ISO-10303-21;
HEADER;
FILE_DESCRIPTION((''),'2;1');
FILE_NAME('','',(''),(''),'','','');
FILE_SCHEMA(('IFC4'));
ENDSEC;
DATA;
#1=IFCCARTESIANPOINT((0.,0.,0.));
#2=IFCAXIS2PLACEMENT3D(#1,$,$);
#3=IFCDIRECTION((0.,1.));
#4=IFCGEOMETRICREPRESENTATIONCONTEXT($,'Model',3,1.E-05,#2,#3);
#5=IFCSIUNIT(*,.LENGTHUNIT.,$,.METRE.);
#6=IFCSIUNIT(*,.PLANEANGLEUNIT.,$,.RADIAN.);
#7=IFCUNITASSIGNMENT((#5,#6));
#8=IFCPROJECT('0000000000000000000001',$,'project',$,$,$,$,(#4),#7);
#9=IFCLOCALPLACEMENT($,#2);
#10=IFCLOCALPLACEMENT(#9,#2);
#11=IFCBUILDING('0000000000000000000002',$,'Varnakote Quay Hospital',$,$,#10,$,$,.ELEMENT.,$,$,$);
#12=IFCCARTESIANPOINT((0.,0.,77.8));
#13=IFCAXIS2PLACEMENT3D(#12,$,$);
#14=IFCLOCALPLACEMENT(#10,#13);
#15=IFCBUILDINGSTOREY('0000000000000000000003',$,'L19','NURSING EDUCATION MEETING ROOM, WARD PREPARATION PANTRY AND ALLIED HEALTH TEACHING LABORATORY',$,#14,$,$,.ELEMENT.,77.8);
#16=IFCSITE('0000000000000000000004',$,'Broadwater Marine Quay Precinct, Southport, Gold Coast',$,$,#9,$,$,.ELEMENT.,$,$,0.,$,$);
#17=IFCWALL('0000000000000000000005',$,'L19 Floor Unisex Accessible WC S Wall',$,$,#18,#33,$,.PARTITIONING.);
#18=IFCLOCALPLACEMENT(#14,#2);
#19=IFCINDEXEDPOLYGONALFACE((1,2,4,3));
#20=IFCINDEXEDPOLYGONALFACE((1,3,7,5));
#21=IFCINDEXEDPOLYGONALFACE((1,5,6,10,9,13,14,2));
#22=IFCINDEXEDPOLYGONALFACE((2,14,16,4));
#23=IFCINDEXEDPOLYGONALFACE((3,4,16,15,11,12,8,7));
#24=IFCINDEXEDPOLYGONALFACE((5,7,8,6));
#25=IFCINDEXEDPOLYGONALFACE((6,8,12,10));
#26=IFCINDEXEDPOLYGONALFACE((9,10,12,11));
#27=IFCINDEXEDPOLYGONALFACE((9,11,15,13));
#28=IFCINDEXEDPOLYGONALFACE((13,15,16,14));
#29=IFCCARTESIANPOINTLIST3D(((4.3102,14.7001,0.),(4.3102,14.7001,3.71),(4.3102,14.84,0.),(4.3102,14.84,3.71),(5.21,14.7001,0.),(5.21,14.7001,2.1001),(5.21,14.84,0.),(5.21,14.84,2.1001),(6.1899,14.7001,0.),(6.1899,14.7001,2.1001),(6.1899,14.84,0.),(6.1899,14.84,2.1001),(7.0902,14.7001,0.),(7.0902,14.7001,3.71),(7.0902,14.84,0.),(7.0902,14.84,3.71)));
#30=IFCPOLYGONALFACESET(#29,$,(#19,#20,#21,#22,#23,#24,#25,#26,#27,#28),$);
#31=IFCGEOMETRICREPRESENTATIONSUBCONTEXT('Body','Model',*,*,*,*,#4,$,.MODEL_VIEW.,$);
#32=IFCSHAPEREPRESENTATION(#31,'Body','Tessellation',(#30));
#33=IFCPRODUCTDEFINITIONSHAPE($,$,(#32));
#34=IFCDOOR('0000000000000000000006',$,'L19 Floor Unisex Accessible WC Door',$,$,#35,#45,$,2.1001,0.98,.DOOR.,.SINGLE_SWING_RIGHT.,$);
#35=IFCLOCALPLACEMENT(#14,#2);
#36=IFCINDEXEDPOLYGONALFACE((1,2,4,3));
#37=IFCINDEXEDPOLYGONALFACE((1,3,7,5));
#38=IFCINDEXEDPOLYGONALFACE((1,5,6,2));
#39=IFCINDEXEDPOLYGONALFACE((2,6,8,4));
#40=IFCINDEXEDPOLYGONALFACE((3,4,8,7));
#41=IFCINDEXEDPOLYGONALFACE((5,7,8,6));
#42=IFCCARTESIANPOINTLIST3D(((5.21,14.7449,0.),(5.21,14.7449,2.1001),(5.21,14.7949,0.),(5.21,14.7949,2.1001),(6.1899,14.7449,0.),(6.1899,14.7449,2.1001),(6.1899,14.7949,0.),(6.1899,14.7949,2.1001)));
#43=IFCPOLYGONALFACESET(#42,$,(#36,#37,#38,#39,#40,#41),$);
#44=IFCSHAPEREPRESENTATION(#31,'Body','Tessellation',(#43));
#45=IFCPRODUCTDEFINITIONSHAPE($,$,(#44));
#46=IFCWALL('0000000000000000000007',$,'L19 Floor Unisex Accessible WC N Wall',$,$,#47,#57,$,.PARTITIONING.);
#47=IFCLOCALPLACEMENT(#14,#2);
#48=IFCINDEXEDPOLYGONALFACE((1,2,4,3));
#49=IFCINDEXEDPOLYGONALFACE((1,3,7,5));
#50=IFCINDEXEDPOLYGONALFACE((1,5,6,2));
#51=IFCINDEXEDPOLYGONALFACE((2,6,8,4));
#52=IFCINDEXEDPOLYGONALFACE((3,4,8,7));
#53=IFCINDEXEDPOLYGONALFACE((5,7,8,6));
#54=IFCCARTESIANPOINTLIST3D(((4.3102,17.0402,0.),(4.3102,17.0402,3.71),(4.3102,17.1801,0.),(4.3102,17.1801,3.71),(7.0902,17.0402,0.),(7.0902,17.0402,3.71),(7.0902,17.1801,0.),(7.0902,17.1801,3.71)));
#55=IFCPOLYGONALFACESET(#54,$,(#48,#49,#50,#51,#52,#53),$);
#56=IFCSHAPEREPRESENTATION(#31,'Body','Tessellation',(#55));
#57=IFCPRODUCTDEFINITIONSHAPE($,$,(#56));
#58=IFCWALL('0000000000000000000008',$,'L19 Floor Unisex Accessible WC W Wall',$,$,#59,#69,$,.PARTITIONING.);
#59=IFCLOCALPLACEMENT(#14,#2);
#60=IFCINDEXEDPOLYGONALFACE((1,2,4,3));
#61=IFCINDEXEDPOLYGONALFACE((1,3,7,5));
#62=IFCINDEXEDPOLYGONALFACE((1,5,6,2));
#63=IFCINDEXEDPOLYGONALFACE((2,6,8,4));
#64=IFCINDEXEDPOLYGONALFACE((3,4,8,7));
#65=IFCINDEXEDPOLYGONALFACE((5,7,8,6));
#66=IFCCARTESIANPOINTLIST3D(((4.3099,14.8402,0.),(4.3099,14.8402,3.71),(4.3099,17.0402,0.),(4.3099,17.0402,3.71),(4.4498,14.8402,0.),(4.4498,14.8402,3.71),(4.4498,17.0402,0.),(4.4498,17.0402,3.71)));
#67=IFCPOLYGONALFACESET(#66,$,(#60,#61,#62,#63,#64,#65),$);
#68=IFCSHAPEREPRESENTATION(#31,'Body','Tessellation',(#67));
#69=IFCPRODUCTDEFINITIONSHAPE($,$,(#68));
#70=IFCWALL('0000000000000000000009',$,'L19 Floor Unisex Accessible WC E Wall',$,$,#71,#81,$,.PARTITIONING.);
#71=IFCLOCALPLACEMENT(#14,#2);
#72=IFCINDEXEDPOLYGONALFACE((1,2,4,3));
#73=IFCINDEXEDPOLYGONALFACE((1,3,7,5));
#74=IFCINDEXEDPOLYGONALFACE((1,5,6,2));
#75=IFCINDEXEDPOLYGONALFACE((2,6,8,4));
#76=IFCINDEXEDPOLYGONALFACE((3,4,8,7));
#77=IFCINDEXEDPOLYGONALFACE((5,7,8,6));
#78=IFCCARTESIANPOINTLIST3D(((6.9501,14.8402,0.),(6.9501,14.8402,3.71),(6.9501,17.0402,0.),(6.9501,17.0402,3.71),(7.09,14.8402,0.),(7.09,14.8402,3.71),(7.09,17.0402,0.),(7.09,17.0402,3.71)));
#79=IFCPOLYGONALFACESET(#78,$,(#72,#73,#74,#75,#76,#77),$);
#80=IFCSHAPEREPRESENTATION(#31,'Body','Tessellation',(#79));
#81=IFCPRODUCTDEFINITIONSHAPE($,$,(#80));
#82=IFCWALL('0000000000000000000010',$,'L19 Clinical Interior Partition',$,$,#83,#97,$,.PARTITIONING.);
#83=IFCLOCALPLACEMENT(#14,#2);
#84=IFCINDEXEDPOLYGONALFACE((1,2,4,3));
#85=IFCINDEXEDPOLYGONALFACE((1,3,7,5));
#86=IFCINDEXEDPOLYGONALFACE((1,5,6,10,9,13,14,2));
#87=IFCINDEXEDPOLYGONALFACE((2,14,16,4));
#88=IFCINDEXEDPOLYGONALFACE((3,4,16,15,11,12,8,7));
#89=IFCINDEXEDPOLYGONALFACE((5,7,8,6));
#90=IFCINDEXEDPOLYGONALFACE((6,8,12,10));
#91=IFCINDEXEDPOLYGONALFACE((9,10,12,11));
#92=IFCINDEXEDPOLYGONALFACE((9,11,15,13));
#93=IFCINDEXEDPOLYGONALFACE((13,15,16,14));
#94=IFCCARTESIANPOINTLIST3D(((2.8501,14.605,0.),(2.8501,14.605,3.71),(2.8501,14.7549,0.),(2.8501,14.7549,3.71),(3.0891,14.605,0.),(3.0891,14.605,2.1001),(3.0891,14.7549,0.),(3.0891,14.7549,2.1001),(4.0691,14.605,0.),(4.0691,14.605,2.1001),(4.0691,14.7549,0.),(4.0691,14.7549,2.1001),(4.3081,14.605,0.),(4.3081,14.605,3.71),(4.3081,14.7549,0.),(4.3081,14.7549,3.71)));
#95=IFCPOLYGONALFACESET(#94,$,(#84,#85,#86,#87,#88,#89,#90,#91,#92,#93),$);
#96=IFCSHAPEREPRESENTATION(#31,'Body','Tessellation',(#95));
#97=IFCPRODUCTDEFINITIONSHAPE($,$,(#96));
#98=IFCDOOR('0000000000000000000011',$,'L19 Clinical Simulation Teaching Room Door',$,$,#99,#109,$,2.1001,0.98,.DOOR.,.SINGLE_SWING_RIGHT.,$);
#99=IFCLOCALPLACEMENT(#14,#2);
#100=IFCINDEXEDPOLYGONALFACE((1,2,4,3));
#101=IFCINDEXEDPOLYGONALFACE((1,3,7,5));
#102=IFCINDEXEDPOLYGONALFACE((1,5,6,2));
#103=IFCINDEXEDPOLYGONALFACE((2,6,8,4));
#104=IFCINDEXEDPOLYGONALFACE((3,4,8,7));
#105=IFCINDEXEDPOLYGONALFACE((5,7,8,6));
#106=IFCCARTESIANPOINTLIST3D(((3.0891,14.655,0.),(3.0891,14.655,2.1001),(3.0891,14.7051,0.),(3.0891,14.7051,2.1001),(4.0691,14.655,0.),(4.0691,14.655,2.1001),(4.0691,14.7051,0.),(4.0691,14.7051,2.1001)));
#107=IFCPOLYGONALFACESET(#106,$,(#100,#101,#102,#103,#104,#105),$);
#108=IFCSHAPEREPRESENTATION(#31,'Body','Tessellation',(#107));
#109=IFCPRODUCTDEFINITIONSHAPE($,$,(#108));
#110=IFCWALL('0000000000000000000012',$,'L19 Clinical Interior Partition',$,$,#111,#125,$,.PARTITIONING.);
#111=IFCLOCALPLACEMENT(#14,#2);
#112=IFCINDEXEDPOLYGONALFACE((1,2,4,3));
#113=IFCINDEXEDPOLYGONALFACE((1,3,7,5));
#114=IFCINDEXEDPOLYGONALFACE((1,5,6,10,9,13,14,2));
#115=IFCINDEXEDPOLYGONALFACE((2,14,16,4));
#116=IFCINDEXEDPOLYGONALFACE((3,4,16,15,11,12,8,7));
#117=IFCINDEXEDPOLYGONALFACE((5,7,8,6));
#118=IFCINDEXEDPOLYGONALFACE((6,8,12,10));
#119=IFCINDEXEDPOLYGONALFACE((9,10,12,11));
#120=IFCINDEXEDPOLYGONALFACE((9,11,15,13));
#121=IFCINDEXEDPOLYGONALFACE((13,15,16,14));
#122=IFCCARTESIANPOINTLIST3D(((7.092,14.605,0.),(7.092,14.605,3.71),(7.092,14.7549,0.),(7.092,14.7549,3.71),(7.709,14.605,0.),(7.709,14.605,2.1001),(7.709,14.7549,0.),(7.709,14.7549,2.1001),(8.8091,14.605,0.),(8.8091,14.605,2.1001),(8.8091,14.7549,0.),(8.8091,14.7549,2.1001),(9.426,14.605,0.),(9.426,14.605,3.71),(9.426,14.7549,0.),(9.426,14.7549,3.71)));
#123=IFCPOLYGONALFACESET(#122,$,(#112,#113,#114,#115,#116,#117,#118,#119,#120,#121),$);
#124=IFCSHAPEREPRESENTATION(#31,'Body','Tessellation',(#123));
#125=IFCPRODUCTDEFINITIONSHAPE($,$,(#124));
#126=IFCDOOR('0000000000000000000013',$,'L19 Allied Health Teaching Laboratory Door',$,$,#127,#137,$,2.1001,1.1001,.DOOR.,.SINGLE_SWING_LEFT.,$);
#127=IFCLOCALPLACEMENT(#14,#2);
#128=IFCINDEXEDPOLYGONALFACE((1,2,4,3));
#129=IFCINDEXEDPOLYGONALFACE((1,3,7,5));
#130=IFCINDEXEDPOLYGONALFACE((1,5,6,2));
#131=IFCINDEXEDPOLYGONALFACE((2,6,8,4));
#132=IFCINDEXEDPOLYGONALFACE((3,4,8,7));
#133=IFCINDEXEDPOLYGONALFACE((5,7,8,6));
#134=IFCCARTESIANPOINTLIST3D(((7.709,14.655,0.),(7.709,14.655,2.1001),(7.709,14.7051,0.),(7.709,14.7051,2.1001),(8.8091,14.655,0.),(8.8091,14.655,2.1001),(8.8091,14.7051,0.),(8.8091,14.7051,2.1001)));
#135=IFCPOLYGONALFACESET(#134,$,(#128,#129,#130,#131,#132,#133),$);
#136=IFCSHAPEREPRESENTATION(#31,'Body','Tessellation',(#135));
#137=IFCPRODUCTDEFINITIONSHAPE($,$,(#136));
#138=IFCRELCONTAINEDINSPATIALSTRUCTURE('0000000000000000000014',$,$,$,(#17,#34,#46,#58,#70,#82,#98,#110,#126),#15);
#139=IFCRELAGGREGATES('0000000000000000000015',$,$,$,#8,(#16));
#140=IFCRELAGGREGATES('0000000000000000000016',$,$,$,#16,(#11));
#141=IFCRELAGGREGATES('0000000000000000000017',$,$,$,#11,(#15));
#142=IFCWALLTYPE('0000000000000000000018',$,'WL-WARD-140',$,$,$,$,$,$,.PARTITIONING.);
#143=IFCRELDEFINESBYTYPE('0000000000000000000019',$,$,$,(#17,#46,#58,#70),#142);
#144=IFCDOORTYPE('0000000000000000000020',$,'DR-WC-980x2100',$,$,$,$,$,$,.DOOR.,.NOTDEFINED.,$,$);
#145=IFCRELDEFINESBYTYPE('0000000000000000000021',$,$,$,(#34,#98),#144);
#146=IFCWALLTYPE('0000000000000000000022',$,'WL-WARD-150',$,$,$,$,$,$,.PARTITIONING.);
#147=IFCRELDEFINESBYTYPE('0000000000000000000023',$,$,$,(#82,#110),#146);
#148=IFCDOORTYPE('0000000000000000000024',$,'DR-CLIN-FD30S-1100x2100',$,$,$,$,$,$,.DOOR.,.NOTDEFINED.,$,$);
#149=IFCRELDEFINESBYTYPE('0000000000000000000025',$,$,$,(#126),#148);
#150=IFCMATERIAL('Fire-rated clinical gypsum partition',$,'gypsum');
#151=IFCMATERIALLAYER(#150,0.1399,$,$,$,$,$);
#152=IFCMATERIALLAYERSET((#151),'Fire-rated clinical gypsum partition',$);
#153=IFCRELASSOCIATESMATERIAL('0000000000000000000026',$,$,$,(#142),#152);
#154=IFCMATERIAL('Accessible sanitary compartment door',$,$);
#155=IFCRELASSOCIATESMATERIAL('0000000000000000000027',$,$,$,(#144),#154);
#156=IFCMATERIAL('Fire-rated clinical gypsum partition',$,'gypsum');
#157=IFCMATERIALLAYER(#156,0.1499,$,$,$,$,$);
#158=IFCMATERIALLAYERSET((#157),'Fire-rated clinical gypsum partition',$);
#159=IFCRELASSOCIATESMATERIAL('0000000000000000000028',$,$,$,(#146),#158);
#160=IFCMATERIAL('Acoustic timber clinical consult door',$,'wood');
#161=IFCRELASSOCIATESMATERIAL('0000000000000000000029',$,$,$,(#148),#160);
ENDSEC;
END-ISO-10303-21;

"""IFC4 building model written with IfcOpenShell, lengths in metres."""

from ifc_helpers import new_model, si_unit, direction, frame, frame_2d, origin, place, context, subcontext, project, spatial, rectangle, extrude, material, layer, layer_set, type_object, element, fill, save


model = new_model("IFC4")

# Units and contexts
model_context = context("Model", 3, precision=1e-05, world=origin(), true_north=direction((0.0, 1.0)))
body_context = subcontext(model_context, "Body", "Model", "MODEL_VIEW")
ifc_project = project(units=[si_unit("LENGTHUNIT", "METRE"), si_unit("PLANEANGLEUNIT", "RADIAN")], contexts=[model_context])

# Site, building, storey
site_placement = place(None, origin())
site = spatial("IfcSite", under=ifc_project, at=site_placement, Name="Broadwater Marine Quay Precinct, Southport, Gold Coast", CompositionType="ELEMENT", RefElevation=0.0)
building_placement = place(site_placement, origin())
building = spatial("IfcBuilding", under=site, at=building_placement, Name="Varnakote Quay Hospital", CompositionType="ELEMENT")
storey_placement = place(building_placement, frame((0.0, 0.0, 77.8)))
storey = spatial("IfcBuildingStorey", under=building, at=storey_placement, Name="L19", Description="NURSING EDUCATION MEETING ROOM, WARD PREPARATION PANTRY AND ALLIED HEALTH TEACHING LABORATORY", CompositionType="ELEMENT", Elevation=77.8)

# Wall, opening, door
ifc_material_1 = material(Name="Fire-rated clinical gypsum partition", Category="gypsum")
ifc_layer_1 = layer(ifc_material_1, 0.1399)
ifc_layer_set_1 = layer_set([ifc_layer_1], Name="Fire-rated clinical gypsum partition")
wall_type_1 = type_object("IfcWallType", Name="WL-WARD-140", PredefinedType="PARTITIONING", material=ifc_layer_set_1)
wall_1_placement = place(storey_placement, frame((4.3101, 14.77, 0.0), z_axis=(0.0, 0.0, 1.0), x_axis=(1.0, 0.0, 0.0)))
wall_1 = element("IfcWall", 1, at=wall_1_placement, inside=storey, type_object=wall_type_1, Name="L19 Floor Unisex Accessible WC S Wall", PredefinedType="PARTITIONING", context=body_context, shape_type="SweptSolid", body=[
    extrude(rectangle(XDim=2.78, YDim=0.1399, at=frame_2d((1.3901, 0.0))), origin(), (0.0, 0.0, 1.0), 3.71),
])
opening_1_placement = place(wall_1_placement, frame((0.8999, 0.0, 0.0)))
opening_1 = element("IfcOpeningElement", 2, at=opening_1_placement, cuts=wall_1, PredefinedType="OPENING", context=body_context, shape_type="SweptSolid", body=[
    extrude(rectangle(XDim=0.98, YDim=2.1001, at=frame_2d((0.49, 1.05))), frame((0.0, 0.0798, 0.0), z_axis=(0.0, -1.0, 0.0), x_axis=(1.0, 0.0, 0.0)), (0.0, 0.0, 1.0), 0.1599),
])
ifc_material_2 = material(Name="Accessible sanitary compartment door")
door_type_1 = type_object("IfcDoorType", Name="DR-WC-980x2100", OperationType="NOTDEFINED", PredefinedType="DOOR", material=ifc_material_2)
door_1_placement = place(opening_1_placement, origin())
door_1 = element("IfcDoor", 3, at=door_1_placement, inside=storey, type_object=door_type_1, Name="L19 Floor Unisex Accessible WC Door", OperationType="SINGLE_SWING_RIGHT", OverallHeight=2.1001, OverallWidth=0.98, PredefinedType="DOOR", context=body_context, shape_type="SweptSolid", body=[
    extrude(rectangle(XDim=0.98, YDim=2.1001, at=frame_2d((0.49, 1.05))), frame((0.0, 0.0249, 0.0), z_axis=(0.0, -1.0, 0.0), x_axis=(1.0, 0.0, 0.0)), (0.0, 0.0, 1.0), 0.05),
])
fill(opening_1, door_1)

# Walls
wall_2_placement = place(storey_placement, frame((4.3101, 17.1101, 0.0), z_axis=(0.0, 0.0, 1.0), x_axis=(1.0, 0.0, 0.0)))
element("IfcWall", 4, at=wall_2_placement, inside=storey, type_object=wall_type_1, Name="L19 Floor Unisex Accessible WC N Wall", PredefinedType="PARTITIONING", context=body_context, shape_type="SweptSolid", body=[
    extrude(rectangle(XDim=2.78, YDim=0.1399, at=frame_2d((1.3901, 0.0))), origin(), (0.0, 0.0, 1.0), 3.71),
])
for number, where, z_axis, x_axis, name in (
    (5, (4.3799, 14.8401, 0.0), (0.0, 0.0, 1.0), (0.0, 1.0, 0.0), "L19 Floor Unisex Accessible WC W Wall"),
    (6, (7.02, 14.8401, 0.0), (0.0, 0.0, 1.0), (0.0, 1.0, 0.0), "L19 Floor Unisex Accessible WC E Wall"),
):
    element("IfcWall", number, at=place(storey_placement, frame(where, z_axis=z_axis, x_axis=x_axis)), inside=storey, type_object=wall_type_1, Name=name, PredefinedType="PARTITIONING", context=body_context, shape_type="SweptSolid", body=[
        extrude(rectangle(XDim=2.2, YDim=0.1399, at=frame_2d((1.1001, 0.0))), origin(), (0.0, 0.0, 1.0), 3.71),
    ])

# Walls, openings, doors
ifc_material_3 = material(Name="Fire-rated clinical gypsum partition", Category="gypsum")
ifc_layer_2 = layer(ifc_material_3, 0.1499)
ifc_layer_set_2 = layer_set([ifc_layer_2], Name="Fire-rated clinical gypsum partition")
wall_type_2 = type_object("IfcWallType", Name="WL-WARD-150", PredefinedType="PARTITIONING", material=ifc_layer_set_2)
wall_3_placement = place(storey_placement, frame((4.3081, 14.6799, 0.0), z_axis=(0.0, 0.0, 1.0), x_axis=(-1.0, 0.0, 0.0)))
wall_3 = element("IfcWall", 7, at=wall_3_placement, inside=storey, type_object=wall_type_2, Name="L19 Clinical Interior Partition", PredefinedType="PARTITIONING", context=body_context, shape_type="SweptSolid", body=[
    extrude(rectangle(XDim=1.458, YDim=0.1499, at=frame_2d((0.729, 0.0))), origin(), (0.0, 0.0, 1.0), 3.71),
])
opening_2_placement = place(wall_3_placement, frame((0.239, 0.0, 0.0)))
opening_2 = element("IfcOpeningElement", 8, at=opening_2_placement, cuts=wall_3, PredefinedType="OPENING", context=body_context, shape_type="SweptSolid", body=[
    extrude(rectangle(XDim=0.98, YDim=2.1001, at=frame_2d((0.49, 1.05))), frame((0.0, 0.085, 0.0), z_axis=(0.0, -1.0, 0.0), x_axis=(1.0, 0.0, 0.0)), (0.0, 0.0, 1.0), 0.1699),
])
door_2_placement = place(opening_2_placement, origin())
door_2 = element("IfcDoor", 9, at=door_2_placement, inside=storey, type_object=door_type_1, Name="L19 Clinical Simulation Teaching Room Door", OperationType="SINGLE_SWING_RIGHT", OverallHeight=2.1001, OverallWidth=0.98, PredefinedType="DOOR", context=body_context, shape_type="SweptSolid", body=[
    extrude(rectangle(XDim=0.98, YDim=2.1001, at=frame_2d((0.49, 1.05))), frame((0.0, 0.0249, 0.0), z_axis=(0.0, -1.0, 0.0), x_axis=(1.0, 0.0, 0.0)), (0.0, 0.0, 1.0), 0.05),
])
fill(opening_2, door_2)
wall_4_placement = place(storey_placement, frame((9.426, 14.6799, 0.0), z_axis=(0.0, 0.0, 1.0), x_axis=(-1.0, 0.0, 0.0)))
wall_4 = element("IfcWall", 10, at=wall_4_placement, inside=storey, type_object=wall_type_2, Name="L19 Clinical Interior Partition", PredefinedType="PARTITIONING", context=body_context, shape_type="SweptSolid", body=[
    extrude(rectangle(XDim=2.334, YDim=0.1499, at=frame_2d((1.167, 0.0))), origin(), (0.0, 0.0, 1.0), 3.71),
])
opening_3_placement = place(wall_4_placement, frame((0.6169, 0.0, 0.0)))
opening_3 = element("IfcOpeningElement", 11, at=opening_3_placement, cuts=wall_4, PredefinedType="OPENING", context=body_context, shape_type="SweptSolid", body=[
    extrude(rectangle(XDim=1.1001, YDim=2.1001, at=frame_2d((0.55, 1.05))), frame((0.0, 0.085, 0.0), z_axis=(0.0, -1.0, 0.0), x_axis=(1.0, 0.0, 0.0)), (0.0, 0.0, 1.0), 0.1699),
])
ifc_material_4 = material(Name="Acoustic timber clinical consult door", Category="wood")
door_type_2 = type_object("IfcDoorType", Name="DR-CLIN-FD30S-1100x2100", OperationType="NOTDEFINED", PredefinedType="DOOR", material=ifc_material_4)
door_3_placement = place(opening_3_placement, origin())
door_3 = element("IfcDoor", 12, at=door_3_placement, inside=storey, type_object=door_type_2, Name="L19 Allied Health Teaching Laboratory Door", OperationType="SINGLE_SWING_LEFT", OverallHeight=2.1001, OverallWidth=1.1001, PredefinedType="DOOR", context=body_context, shape_type="SweptSolid", body=[
    extrude(rectangle(XDim=1.1001, YDim=2.1001, at=frame_2d((0.55, 1.05))), frame((0.0, 0.0249, 0.0), z_axis=(0.0, -1.0, 0.0), x_axis=(1.0, 0.0, 0.0)), (0.0, 0.0, 1.0), 0.05),
])
fill(opening_3, door_3)

save(model, "model.ifc")
